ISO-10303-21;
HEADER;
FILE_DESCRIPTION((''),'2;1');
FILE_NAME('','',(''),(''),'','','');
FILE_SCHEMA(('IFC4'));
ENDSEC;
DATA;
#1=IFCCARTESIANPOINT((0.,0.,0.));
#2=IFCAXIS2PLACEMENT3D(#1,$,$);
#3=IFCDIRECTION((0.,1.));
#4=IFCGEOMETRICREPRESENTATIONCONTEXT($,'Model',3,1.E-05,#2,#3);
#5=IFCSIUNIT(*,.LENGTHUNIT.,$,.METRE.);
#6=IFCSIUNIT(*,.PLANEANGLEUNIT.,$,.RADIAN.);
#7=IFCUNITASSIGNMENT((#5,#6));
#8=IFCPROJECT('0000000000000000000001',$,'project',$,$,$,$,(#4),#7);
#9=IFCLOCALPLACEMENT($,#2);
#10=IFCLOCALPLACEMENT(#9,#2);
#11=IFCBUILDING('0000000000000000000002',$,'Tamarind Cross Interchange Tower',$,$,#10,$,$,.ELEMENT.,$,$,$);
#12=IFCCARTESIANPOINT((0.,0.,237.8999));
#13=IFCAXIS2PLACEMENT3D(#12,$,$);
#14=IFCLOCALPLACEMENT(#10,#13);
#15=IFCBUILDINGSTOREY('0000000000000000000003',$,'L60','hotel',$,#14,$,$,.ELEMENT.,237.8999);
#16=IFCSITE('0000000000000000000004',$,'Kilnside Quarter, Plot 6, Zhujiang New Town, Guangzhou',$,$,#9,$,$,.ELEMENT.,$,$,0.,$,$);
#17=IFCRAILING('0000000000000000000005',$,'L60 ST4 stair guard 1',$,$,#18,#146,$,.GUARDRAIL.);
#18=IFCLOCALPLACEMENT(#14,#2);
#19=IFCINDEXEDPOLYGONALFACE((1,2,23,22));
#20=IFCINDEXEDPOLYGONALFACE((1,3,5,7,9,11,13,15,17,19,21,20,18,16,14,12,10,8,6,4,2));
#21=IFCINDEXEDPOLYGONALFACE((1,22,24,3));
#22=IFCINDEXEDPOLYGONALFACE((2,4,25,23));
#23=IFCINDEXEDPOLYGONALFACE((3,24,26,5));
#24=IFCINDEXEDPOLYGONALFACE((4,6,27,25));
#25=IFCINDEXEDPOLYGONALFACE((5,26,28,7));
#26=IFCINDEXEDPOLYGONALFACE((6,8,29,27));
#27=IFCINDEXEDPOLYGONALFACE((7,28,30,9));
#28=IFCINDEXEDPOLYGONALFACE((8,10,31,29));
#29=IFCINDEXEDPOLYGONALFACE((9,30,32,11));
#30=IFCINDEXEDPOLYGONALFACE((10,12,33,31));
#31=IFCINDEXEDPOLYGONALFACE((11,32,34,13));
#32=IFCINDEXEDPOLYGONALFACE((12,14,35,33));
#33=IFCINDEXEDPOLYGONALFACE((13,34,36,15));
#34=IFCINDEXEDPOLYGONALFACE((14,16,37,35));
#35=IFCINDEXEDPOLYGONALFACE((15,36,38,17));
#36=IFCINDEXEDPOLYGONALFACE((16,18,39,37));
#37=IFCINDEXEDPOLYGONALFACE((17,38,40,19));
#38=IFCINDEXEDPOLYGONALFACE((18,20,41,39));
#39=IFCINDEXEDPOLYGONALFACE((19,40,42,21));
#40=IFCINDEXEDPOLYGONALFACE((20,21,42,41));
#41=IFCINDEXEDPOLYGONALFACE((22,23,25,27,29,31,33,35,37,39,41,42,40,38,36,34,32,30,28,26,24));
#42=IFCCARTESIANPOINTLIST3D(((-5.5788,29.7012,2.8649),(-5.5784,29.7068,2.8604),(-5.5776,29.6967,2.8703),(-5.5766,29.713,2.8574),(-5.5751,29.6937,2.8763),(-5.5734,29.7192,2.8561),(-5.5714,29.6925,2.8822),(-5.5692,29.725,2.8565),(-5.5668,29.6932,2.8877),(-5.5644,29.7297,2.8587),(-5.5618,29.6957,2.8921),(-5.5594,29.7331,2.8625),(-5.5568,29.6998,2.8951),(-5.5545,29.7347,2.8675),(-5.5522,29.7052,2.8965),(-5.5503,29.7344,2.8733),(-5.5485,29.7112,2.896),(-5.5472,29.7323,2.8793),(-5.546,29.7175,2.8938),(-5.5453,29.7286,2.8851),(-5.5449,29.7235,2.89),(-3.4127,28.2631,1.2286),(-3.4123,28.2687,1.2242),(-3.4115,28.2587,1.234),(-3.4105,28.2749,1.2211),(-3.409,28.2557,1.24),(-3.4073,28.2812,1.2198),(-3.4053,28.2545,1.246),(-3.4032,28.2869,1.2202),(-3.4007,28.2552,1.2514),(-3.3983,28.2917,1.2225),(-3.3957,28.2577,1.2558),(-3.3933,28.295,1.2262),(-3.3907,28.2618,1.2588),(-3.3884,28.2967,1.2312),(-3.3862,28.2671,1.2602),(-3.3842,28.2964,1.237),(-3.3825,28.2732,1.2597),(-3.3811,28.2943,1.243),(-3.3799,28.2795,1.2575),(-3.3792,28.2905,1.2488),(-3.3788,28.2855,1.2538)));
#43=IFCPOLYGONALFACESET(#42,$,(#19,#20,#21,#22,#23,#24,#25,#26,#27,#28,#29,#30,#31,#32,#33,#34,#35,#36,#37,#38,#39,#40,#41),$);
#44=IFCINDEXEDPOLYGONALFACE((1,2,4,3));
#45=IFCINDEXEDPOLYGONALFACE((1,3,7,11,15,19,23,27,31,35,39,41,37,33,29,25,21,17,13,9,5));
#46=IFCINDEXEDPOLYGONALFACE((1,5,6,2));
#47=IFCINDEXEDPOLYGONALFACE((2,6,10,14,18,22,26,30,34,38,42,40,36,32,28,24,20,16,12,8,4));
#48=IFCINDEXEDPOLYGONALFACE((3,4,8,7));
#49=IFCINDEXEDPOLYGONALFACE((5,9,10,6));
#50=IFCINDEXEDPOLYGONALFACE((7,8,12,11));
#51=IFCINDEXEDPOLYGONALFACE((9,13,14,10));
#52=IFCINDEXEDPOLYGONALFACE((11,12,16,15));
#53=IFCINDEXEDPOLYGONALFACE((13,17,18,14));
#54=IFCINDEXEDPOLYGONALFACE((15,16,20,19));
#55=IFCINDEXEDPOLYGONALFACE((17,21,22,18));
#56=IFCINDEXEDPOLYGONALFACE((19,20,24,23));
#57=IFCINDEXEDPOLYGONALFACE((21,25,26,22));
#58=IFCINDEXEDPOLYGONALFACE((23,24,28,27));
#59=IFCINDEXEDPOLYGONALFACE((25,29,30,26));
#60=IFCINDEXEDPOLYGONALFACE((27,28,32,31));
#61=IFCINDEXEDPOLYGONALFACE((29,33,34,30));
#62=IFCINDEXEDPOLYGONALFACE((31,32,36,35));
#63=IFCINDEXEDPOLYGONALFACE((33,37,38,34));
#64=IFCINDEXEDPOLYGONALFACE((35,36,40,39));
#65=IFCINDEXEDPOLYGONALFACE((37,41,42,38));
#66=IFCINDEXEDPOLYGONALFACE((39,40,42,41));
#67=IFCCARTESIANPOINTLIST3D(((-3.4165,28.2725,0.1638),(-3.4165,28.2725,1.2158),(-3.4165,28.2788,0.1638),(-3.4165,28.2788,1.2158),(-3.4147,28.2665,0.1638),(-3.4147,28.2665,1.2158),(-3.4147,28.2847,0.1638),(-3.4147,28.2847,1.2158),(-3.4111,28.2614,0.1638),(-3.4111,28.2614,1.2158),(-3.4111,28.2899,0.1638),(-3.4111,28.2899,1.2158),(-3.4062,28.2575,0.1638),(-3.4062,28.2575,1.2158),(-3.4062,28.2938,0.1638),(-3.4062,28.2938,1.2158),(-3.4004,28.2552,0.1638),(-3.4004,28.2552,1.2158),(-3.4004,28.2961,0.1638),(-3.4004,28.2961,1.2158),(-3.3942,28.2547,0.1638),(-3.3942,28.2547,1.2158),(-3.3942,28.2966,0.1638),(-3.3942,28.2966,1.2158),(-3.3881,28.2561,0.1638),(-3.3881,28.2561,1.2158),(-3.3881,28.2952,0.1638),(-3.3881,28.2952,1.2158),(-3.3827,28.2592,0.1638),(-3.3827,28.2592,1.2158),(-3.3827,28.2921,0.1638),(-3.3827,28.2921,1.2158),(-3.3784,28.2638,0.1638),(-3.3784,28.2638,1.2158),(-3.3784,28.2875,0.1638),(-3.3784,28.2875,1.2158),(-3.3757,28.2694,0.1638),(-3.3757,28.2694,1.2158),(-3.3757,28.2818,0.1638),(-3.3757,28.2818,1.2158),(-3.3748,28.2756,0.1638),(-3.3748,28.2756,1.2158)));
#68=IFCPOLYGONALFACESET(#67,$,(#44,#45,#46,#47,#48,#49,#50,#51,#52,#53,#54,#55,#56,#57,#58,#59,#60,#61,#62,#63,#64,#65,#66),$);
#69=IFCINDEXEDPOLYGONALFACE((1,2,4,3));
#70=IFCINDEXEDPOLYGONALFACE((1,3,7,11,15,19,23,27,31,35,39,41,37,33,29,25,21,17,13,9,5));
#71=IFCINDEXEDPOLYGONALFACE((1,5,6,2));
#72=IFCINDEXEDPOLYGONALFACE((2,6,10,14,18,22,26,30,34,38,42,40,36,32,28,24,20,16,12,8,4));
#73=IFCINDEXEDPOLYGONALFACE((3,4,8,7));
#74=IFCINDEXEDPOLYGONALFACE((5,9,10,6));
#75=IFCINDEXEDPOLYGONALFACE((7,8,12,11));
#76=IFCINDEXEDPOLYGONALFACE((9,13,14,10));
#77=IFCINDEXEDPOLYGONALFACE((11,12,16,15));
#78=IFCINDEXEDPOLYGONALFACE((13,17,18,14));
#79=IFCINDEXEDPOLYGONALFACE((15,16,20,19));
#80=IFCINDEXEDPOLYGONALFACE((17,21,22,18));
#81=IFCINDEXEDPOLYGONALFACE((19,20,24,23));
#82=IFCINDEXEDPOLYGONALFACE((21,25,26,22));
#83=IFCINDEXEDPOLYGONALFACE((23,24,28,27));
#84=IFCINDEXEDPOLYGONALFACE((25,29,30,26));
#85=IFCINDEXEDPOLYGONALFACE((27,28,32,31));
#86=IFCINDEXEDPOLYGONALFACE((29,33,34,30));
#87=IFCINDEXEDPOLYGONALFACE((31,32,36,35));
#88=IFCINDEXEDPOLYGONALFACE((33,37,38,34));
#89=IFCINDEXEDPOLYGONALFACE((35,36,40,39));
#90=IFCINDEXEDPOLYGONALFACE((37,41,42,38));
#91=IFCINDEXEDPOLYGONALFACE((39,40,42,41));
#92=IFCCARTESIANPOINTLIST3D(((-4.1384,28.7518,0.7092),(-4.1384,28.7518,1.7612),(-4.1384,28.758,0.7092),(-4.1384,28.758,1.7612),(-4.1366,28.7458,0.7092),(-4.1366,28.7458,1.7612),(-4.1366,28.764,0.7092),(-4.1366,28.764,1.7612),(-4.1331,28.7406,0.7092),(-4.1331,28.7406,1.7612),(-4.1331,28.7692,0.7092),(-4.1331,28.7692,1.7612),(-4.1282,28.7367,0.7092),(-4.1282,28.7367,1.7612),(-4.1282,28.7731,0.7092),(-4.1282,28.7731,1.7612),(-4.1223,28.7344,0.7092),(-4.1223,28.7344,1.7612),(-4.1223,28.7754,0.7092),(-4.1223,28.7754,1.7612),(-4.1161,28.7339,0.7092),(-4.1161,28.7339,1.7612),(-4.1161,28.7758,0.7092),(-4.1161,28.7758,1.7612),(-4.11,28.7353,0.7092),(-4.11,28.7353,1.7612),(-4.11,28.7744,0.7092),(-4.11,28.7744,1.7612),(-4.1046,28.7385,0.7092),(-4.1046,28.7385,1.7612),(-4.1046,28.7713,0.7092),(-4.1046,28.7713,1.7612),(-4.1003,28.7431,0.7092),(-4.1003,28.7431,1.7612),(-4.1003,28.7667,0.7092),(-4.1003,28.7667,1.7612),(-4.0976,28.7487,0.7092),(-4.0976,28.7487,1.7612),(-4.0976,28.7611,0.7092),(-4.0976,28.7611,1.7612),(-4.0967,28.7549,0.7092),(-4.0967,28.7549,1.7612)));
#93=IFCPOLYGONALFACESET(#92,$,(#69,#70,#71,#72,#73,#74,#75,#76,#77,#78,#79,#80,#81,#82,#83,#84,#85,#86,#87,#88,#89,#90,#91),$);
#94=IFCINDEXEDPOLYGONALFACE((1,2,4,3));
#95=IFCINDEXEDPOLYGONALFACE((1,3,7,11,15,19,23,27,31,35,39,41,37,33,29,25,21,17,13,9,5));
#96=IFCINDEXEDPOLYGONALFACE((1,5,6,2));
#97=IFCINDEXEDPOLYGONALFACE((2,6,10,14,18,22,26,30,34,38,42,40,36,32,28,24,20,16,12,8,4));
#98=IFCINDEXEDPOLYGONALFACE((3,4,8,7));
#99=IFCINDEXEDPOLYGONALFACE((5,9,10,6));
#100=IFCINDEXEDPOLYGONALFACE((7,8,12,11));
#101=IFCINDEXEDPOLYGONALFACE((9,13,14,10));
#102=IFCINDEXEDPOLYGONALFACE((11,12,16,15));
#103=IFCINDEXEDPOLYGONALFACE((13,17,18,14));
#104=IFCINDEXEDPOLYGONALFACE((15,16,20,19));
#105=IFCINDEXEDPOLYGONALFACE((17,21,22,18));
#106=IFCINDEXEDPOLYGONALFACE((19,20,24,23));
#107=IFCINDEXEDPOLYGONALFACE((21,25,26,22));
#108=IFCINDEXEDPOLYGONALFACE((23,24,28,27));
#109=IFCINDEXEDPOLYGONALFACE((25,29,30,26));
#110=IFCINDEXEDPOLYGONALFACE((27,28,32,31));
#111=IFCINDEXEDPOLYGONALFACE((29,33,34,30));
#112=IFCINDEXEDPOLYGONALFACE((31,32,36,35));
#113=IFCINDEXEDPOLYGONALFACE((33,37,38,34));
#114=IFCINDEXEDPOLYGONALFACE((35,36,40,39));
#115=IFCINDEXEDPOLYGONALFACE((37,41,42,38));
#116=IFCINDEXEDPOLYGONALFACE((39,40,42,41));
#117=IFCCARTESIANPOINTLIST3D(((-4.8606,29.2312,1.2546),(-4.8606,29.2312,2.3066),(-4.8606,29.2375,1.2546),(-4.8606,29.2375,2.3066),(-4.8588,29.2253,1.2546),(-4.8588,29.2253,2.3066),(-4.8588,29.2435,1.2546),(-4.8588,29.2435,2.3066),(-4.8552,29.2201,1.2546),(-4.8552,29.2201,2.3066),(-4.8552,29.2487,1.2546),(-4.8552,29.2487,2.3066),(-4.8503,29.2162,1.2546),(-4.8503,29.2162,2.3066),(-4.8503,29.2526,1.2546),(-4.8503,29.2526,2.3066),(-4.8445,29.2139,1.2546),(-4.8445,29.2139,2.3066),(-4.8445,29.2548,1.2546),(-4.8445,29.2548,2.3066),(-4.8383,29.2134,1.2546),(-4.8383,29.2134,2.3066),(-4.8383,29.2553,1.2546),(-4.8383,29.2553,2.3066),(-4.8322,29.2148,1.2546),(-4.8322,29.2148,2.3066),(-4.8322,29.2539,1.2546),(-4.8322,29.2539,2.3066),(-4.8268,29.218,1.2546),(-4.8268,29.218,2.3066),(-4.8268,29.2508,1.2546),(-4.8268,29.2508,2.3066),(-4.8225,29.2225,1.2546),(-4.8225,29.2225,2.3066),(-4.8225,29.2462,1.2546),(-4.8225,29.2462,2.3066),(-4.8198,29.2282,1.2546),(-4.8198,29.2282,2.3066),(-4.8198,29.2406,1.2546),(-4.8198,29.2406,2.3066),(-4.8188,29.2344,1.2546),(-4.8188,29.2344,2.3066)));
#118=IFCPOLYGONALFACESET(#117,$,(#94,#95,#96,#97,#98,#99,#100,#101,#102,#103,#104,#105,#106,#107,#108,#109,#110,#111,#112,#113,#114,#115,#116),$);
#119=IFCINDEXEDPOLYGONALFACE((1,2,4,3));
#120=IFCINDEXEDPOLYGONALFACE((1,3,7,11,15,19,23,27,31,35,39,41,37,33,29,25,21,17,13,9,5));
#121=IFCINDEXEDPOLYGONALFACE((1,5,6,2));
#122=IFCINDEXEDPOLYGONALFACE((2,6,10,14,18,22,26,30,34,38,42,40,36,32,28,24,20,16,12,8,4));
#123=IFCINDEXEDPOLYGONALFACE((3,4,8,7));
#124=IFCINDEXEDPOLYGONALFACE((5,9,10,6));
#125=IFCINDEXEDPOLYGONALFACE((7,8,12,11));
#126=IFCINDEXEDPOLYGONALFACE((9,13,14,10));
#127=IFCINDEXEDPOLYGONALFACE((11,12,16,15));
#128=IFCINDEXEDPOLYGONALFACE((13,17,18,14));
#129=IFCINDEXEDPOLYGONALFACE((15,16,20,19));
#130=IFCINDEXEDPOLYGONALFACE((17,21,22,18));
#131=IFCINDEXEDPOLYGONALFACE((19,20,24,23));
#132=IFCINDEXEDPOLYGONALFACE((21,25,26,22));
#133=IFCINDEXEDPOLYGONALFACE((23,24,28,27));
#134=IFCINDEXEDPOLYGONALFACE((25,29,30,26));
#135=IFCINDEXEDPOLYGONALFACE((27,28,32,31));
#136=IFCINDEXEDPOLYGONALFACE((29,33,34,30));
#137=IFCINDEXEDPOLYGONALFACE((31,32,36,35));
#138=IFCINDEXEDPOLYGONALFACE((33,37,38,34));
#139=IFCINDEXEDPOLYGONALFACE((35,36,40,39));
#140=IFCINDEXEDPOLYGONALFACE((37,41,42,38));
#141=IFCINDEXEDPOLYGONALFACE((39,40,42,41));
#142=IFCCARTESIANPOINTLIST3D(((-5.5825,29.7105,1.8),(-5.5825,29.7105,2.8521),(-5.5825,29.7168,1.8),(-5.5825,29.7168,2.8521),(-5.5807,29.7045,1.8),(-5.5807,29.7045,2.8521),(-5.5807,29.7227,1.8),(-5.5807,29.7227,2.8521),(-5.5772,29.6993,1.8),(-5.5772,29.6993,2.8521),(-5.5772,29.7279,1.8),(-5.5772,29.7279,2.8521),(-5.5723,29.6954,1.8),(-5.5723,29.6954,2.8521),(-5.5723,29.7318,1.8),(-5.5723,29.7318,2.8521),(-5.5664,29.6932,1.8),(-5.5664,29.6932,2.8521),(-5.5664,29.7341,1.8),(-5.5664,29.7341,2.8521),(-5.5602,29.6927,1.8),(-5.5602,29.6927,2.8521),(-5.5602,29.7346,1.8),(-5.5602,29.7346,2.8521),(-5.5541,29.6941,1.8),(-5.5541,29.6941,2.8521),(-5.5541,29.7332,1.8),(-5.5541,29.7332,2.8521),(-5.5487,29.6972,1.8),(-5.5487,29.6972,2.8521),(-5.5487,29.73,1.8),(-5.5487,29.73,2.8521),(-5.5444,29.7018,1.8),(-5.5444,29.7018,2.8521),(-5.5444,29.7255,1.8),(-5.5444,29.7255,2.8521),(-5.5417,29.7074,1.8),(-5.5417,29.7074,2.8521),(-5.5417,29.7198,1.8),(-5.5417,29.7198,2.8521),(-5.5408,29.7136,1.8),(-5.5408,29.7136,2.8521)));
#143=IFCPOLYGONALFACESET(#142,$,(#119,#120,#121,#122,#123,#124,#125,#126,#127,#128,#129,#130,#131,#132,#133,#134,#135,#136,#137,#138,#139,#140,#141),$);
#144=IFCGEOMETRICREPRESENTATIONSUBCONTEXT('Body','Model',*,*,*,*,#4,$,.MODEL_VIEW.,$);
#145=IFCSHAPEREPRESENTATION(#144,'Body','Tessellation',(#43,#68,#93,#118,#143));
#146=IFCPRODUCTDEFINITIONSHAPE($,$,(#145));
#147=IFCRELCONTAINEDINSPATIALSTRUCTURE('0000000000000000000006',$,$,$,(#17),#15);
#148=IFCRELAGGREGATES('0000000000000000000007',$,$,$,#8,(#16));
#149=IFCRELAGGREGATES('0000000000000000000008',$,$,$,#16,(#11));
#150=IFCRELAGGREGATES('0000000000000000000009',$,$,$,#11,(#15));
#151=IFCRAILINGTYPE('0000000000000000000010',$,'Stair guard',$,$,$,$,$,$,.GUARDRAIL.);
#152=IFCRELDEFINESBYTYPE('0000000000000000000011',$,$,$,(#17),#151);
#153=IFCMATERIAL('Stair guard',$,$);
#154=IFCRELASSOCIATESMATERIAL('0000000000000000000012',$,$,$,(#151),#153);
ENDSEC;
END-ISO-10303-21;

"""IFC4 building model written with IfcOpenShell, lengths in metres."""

from ifc_helpers import new_model, si_unit, direction, frame, origin, origin_2d, place, context, subcontext, project, spatial, circle, extrude, material, type_object, element, save


model = new_model("IFC4")

# Units and contexts
model_context = context("Model", 3, precision=1e-05, world=origin(), true_north=direction((0.0, 1.0)))
body_context = subcontext(model_context, "Body", "Model", "MODEL_VIEW")
ifc_project = project(units=[si_unit("LENGTHUNIT", "METRE"), si_unit("PLANEANGLEUNIT", "RADIAN")], contexts=[model_context])

# Site, building, storey
site_placement = place(None, origin())
site = spatial("IfcSite", under=ifc_project, at=site_placement, Name="Kilnside Quarter, Plot 6, Zhujiang New Town, Guangzhou", CompositionType="ELEMENT", RefElevation=0.0)
building_placement = place(site_placement, origin())
building = spatial("IfcBuilding", under=site, at=building_placement, Name="Tamarind Cross Interchange Tower", CompositionType="ELEMENT")
storey_placement = place(building_placement, frame((0.0, 0.0, 237.8999)))
storey = spatial("IfcBuildingStorey", under=building, at=storey_placement, Name="L60", Description="hotel", CompositionType="ELEMENT", Elevation=237.8999)

# Railing
ifc_material_1 = material(Name="Stair guard")
railing_type_1 = type_object("IfcRailingType", Name="Stair guard", PredefinedType="GUARDRAIL", material=ifc_material_1)
railing_1_placement = place(storey_placement, frame((-3.3958, 28.2756, 0.1638)))
element("IfcRailing", 1, at=railing_1_placement, inside=storey, type_object=railing_type_1, Name="L60 ST4 stair guard 1", PredefinedType="GUARDRAIL", context=body_context, shape_type="SweptSolid", body=[
    extrude(circle(Radius=0.0239, at=origin_2d()), frame((0.0, 0.0, 1.0762), z_axis=(-0.705102, 0.468108, 0.532641), x_axis=(-0.553096, -0.833118, 0.0)), (0.0, 0.0, 1.0), 3.072),
    extrude(circle(Radius=0.021, at=origin_2d()), origin(), (0.0, 0.0, 1.0), 1.052),
    extrude(circle(Radius=0.021, at=origin_2d()), frame((-0.7219, 0.4792, 0.5454)), (0.0, 0.0, 1.0), 1.052),
    extrude(circle(Radius=0.021, at=origin_2d()), frame((-1.4441, 0.9587, 1.0908)), (0.0, 0.0, 1.0), 1.052),
    extrude(circle(Radius=0.021, at=origin_2d()), frame((-2.166, 1.438, 1.6362)), (0.0, 0.0, 1.0), 1.052),
])

save(model, "model.ifc")
